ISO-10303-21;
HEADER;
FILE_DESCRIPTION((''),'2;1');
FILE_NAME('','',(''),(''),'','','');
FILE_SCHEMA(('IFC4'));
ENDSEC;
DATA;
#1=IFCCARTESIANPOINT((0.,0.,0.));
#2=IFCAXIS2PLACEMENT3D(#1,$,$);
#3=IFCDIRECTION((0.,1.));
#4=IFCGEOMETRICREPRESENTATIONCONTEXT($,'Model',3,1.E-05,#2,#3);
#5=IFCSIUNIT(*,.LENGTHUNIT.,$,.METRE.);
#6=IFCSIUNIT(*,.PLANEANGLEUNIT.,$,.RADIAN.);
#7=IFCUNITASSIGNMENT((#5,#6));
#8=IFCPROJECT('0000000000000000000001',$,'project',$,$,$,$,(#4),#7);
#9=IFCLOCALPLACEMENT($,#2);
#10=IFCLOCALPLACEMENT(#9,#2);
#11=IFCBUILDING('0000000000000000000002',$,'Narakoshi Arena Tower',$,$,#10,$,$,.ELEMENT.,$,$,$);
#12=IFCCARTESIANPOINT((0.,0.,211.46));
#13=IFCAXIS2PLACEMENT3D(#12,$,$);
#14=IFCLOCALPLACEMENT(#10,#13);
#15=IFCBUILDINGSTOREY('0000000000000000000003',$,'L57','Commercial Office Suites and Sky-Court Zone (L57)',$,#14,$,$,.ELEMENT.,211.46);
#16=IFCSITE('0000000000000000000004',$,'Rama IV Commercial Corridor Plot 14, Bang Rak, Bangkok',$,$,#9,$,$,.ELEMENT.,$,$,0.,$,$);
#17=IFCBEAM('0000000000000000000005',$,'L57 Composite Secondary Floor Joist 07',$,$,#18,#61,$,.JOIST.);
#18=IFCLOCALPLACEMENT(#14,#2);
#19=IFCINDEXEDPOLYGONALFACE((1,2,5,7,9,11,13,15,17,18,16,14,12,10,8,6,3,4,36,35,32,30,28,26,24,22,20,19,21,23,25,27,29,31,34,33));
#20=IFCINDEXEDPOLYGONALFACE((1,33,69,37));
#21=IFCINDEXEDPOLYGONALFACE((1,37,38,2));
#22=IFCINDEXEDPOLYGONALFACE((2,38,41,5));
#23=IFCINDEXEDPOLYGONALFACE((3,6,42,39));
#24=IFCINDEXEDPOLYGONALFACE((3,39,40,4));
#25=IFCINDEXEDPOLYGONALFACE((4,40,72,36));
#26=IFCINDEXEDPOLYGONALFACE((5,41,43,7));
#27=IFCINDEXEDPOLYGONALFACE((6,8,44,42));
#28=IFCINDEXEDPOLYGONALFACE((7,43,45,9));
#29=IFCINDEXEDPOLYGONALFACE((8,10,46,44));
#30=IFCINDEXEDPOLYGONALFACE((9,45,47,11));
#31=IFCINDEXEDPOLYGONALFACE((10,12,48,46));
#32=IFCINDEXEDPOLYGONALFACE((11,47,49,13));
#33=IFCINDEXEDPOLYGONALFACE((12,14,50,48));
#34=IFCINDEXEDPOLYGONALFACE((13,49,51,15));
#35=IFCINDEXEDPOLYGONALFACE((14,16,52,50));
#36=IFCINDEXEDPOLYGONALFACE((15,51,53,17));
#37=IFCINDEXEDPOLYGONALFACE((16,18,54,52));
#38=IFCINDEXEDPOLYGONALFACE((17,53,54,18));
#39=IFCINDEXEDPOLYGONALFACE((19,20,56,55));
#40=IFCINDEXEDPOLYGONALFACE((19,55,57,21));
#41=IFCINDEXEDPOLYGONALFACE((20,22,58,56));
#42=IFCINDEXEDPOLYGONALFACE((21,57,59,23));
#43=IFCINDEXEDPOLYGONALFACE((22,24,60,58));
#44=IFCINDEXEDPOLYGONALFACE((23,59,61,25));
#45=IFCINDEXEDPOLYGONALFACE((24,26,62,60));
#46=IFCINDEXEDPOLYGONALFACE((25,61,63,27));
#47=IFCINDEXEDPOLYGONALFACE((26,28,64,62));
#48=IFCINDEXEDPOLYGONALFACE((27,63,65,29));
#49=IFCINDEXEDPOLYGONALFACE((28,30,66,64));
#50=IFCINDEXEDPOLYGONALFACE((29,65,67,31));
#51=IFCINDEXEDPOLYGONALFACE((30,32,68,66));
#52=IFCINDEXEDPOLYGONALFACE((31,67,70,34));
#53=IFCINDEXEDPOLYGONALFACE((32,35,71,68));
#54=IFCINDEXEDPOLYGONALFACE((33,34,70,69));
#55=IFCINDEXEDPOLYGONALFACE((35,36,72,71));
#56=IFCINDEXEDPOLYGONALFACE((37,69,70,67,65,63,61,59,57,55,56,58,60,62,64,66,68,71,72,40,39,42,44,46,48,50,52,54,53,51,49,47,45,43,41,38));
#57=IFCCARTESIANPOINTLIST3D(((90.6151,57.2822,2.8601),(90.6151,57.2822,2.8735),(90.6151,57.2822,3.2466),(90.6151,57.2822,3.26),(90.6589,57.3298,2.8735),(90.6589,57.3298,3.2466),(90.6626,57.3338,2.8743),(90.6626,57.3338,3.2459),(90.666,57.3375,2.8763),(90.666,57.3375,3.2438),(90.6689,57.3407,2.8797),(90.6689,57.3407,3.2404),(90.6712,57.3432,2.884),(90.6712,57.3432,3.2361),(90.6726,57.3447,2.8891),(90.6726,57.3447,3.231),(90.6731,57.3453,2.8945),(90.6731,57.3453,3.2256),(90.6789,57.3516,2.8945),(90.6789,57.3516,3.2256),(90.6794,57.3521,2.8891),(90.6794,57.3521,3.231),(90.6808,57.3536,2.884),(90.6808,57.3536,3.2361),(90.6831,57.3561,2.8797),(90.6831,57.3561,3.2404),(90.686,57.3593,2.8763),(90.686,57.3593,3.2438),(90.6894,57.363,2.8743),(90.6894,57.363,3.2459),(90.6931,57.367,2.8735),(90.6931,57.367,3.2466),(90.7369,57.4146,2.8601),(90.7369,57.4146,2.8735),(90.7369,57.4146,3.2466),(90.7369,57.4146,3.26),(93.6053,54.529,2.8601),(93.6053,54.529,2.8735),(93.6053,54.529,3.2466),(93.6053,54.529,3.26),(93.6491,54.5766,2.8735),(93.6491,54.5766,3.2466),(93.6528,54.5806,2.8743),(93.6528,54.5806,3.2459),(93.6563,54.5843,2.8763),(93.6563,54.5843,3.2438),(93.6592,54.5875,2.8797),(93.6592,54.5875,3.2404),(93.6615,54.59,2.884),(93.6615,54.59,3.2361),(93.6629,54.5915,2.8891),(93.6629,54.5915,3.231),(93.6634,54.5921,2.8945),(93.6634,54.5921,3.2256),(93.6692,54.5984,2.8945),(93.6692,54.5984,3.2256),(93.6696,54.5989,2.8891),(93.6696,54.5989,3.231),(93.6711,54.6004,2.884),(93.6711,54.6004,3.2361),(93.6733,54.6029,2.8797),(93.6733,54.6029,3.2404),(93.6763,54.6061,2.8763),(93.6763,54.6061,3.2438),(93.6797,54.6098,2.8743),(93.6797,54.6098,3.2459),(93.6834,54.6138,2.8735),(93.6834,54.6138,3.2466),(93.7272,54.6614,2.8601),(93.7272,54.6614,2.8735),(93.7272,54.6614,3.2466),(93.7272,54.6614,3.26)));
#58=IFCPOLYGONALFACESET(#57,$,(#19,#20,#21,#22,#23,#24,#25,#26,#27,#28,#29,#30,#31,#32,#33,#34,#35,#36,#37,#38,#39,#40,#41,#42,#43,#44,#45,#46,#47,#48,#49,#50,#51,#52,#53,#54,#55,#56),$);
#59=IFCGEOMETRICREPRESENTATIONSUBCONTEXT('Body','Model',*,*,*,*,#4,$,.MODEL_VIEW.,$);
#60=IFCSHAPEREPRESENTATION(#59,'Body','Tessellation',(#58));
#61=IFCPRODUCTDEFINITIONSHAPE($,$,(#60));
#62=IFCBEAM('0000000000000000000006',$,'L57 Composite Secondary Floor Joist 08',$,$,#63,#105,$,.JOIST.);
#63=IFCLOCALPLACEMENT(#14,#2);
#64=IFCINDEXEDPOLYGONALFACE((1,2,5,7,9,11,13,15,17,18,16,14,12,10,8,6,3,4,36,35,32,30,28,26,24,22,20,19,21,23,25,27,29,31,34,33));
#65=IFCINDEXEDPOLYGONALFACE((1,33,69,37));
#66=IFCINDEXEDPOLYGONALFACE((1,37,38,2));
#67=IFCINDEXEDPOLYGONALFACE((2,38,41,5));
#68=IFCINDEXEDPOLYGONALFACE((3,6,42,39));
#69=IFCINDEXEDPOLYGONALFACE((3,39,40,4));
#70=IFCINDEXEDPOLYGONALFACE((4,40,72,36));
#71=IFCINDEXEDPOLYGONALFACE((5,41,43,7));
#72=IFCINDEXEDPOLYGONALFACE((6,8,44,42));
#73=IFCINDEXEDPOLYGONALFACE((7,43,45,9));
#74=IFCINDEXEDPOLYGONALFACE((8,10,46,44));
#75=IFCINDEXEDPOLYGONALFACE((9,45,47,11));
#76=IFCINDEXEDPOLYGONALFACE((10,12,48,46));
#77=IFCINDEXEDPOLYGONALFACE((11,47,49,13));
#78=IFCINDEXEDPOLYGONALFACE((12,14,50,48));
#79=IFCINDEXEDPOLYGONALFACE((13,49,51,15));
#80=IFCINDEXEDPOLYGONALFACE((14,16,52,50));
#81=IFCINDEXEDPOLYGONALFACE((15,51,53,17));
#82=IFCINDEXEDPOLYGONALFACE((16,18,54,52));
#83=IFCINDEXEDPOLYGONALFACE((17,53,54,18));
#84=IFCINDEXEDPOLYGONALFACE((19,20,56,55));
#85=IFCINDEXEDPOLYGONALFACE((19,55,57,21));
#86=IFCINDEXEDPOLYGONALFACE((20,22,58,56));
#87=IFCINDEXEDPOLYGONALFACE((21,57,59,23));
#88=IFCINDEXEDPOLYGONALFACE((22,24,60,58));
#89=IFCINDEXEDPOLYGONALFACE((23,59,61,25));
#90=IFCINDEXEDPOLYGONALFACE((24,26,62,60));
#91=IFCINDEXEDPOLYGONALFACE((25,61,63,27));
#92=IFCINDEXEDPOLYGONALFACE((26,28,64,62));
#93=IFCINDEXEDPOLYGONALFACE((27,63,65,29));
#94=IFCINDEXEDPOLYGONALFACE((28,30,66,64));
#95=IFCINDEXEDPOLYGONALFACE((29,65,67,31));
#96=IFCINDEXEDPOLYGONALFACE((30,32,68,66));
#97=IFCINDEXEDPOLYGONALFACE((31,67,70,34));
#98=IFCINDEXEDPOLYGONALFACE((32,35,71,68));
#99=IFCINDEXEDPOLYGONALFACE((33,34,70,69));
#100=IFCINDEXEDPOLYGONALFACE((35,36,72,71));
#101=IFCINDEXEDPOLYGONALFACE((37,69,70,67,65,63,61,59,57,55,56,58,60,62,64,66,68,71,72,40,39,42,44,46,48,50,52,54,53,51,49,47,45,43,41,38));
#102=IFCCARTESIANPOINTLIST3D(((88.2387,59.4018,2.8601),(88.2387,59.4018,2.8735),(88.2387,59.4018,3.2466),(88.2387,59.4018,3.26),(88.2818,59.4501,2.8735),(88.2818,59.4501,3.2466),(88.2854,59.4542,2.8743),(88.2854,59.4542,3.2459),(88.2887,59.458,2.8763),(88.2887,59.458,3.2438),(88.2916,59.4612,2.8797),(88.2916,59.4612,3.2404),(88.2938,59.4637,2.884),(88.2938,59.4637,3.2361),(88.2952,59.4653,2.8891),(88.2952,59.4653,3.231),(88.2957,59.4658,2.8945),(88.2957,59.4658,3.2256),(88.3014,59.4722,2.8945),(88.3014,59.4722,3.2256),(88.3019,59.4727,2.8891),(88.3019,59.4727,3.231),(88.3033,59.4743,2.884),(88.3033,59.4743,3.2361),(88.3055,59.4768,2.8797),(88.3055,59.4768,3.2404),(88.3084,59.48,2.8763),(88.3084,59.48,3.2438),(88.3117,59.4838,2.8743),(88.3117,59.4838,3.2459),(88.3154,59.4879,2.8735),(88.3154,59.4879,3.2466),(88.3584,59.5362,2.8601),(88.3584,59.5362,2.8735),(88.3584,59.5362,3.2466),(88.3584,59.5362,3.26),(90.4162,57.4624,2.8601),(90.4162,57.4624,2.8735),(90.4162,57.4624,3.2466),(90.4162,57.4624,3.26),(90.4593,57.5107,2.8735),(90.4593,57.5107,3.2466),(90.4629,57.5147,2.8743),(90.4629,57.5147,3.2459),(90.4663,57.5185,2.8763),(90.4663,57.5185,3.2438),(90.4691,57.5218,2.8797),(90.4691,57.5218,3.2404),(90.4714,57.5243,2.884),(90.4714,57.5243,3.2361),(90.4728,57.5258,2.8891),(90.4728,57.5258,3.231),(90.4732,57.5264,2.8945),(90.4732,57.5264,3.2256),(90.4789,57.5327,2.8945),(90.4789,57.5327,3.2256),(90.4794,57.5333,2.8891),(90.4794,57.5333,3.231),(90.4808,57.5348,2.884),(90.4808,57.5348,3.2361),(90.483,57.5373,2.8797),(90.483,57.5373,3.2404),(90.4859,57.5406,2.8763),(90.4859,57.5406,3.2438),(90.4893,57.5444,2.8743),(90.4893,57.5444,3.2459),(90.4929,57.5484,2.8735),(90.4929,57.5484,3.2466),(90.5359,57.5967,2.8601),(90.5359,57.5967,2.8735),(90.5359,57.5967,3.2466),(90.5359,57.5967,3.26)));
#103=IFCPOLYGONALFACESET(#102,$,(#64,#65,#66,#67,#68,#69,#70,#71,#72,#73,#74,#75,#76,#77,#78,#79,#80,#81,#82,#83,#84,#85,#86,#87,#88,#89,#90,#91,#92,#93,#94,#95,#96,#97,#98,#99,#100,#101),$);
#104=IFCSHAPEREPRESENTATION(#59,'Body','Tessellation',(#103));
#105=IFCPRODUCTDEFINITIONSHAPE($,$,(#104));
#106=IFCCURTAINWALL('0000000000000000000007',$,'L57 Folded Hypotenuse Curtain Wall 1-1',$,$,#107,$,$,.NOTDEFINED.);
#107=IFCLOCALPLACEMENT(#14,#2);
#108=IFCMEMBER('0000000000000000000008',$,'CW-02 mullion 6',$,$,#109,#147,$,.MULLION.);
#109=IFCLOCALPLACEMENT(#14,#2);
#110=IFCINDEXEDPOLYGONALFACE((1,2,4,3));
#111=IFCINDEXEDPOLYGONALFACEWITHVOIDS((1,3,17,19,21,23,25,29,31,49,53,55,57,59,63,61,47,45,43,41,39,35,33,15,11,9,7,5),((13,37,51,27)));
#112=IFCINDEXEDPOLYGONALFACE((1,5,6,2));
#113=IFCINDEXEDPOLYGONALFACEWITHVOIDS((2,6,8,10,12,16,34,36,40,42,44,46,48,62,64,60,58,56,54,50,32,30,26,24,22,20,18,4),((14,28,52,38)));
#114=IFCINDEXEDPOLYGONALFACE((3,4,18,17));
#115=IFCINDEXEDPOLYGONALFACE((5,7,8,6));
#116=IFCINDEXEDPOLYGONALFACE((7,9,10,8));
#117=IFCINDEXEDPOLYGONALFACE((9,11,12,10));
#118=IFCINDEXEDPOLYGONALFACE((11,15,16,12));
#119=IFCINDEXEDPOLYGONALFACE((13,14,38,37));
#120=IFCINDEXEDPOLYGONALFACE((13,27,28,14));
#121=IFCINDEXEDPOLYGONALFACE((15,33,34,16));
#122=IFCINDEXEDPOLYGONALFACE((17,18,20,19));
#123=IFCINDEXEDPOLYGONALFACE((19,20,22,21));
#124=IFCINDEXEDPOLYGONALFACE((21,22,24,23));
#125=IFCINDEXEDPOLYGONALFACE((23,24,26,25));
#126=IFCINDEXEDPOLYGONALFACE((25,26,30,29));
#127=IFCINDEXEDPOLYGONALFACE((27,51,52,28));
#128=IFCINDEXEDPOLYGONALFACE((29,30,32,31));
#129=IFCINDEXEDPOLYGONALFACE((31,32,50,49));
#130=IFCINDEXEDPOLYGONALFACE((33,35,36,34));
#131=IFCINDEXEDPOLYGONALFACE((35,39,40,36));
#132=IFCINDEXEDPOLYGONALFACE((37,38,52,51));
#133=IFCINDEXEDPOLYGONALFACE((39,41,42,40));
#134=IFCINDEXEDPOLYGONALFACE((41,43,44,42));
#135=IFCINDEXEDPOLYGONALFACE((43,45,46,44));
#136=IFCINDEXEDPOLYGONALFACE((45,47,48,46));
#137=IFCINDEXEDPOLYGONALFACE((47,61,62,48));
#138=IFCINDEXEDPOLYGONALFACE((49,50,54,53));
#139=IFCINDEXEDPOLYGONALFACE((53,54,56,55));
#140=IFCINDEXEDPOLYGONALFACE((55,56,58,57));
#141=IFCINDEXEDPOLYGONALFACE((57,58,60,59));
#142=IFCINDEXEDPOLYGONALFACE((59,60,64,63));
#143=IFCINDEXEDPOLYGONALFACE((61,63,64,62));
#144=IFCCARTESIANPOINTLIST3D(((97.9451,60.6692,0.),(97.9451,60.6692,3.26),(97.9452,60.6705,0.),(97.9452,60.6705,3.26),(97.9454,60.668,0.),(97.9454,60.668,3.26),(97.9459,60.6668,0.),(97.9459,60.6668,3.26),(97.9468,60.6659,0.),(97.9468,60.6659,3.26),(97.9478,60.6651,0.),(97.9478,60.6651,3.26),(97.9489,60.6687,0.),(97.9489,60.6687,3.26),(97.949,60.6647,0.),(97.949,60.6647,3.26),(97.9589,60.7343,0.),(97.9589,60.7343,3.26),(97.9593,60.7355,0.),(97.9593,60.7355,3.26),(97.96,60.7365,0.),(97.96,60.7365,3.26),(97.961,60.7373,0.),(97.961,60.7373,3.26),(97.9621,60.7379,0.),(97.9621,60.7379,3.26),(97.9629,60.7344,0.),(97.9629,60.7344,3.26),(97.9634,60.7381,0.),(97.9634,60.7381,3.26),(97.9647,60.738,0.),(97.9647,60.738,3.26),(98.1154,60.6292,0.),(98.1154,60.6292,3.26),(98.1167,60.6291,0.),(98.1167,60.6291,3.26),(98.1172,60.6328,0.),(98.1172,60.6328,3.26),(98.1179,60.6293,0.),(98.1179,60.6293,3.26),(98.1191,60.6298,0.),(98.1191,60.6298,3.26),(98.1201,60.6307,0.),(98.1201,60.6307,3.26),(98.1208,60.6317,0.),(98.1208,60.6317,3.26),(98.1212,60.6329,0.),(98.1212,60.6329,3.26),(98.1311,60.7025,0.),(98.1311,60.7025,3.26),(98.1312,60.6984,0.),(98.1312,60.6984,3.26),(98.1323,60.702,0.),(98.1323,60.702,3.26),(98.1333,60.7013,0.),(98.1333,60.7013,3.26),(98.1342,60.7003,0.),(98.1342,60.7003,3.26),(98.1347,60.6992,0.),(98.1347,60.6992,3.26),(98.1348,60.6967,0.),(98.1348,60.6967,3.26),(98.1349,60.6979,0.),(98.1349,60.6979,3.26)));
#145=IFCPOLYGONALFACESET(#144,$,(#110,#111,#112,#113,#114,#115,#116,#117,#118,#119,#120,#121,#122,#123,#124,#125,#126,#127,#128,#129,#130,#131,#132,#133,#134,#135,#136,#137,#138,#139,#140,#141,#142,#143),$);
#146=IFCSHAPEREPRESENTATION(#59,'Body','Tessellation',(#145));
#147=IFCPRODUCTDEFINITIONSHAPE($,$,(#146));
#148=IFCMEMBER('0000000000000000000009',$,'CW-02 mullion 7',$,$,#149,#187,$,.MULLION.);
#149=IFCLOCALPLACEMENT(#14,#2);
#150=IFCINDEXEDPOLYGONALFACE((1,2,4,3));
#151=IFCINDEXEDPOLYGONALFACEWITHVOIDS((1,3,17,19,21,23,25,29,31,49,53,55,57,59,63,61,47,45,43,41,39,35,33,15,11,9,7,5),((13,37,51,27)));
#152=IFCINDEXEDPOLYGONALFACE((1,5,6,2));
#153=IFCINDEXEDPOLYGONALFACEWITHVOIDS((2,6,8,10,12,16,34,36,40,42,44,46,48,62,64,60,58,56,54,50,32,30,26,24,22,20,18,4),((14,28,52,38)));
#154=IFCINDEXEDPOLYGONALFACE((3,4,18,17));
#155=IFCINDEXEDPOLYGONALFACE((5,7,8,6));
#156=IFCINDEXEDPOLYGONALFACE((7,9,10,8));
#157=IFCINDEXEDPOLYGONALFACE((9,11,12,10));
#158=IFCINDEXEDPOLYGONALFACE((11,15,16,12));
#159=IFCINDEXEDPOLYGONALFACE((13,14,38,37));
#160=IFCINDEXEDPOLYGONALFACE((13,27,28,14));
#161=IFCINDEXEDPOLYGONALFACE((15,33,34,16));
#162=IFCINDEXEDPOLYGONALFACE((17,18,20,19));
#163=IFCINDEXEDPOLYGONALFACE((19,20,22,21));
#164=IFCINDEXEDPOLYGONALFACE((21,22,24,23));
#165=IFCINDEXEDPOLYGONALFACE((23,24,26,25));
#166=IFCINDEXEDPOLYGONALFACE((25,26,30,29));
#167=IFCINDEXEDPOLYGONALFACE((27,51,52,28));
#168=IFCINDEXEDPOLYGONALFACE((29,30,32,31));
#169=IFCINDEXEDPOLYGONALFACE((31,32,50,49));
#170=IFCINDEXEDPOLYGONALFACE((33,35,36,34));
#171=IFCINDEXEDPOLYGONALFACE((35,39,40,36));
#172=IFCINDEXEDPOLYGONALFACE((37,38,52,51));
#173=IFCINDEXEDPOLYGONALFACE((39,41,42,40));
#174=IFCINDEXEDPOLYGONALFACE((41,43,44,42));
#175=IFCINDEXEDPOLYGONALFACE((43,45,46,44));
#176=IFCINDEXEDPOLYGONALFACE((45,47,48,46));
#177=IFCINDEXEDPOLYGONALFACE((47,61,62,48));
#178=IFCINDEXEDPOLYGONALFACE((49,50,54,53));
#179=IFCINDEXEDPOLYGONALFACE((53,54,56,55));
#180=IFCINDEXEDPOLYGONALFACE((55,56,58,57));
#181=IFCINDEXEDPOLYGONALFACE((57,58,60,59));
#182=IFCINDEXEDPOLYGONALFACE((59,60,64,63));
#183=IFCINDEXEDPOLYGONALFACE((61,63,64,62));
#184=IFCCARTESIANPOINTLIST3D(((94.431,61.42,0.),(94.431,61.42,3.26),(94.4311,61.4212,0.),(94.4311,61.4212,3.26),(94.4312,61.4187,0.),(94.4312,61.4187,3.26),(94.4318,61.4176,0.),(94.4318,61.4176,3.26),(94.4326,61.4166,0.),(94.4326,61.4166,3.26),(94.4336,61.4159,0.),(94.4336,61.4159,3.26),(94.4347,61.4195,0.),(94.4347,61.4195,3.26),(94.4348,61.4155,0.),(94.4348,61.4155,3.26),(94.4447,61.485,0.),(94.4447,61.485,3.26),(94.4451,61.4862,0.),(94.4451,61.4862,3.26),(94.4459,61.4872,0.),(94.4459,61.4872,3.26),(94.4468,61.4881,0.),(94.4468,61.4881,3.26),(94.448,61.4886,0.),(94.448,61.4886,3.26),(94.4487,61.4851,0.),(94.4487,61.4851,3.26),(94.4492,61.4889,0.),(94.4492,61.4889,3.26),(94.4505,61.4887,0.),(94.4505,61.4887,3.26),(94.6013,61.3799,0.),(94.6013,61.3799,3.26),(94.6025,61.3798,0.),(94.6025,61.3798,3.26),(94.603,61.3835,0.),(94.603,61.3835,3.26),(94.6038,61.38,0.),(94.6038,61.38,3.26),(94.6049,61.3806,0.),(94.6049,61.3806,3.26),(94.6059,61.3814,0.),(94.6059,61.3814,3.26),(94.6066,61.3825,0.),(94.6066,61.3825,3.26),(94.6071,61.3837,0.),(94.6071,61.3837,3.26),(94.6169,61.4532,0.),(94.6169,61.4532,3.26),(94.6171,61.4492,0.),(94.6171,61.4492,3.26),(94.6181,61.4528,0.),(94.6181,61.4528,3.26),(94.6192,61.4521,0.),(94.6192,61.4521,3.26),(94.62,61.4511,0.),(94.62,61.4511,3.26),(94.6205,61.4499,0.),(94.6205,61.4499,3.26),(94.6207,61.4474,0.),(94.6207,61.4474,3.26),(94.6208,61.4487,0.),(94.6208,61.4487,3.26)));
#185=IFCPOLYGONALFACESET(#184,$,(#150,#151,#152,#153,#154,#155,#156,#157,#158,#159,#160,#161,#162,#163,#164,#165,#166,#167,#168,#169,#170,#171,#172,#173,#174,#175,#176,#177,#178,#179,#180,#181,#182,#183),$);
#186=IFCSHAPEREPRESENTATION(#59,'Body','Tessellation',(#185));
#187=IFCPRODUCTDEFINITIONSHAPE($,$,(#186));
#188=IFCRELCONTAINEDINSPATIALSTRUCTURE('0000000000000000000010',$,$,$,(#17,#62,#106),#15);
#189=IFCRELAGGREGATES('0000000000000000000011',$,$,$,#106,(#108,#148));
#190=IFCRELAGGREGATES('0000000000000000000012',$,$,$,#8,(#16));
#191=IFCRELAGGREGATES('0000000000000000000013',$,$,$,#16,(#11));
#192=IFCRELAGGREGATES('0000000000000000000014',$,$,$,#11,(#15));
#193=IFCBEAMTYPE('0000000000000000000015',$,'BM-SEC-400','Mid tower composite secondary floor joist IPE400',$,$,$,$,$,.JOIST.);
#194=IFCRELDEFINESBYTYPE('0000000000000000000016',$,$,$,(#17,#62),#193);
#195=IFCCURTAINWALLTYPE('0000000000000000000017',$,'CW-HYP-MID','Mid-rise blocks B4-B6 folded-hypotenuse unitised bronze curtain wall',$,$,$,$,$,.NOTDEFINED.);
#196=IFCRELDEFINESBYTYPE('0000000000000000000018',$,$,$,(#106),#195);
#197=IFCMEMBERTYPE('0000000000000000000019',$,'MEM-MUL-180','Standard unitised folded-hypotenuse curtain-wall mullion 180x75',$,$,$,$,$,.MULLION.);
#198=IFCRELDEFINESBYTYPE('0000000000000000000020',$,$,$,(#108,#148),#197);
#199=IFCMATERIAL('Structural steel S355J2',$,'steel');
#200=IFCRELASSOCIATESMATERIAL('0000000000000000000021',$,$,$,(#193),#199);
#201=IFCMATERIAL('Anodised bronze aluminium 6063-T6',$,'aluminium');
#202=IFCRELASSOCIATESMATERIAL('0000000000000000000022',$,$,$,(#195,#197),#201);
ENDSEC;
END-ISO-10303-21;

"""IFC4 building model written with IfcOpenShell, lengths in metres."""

from ifc_helpers import new_model, si_unit, direction, frame, origin, origin_2d, place, context, subcontext, project, spatial, hollow_rectangle, i_section, extrude, material, material_profile, profile_set, type_object, element, aggregate, save


model = new_model("IFC4")

# Units and contexts
model_context = context("Model", 3, precision=1e-05, world=origin(), true_north=direction((0.0, 1.0)))
body_context = subcontext(model_context, "Body", "Model", "MODEL_VIEW")
ifc_project = project(units=[si_unit("LENGTHUNIT", "METRE"), si_unit("PLANEANGLEUNIT", "RADIAN")], contexts=[model_context])

# Site, building, storey
site_placement = place(None, origin())
site = spatial("IfcSite", under=ifc_project, at=site_placement, Name="Rama IV Commercial Corridor Plot 14, Bang Rak, Bangkok", CompositionType="ELEMENT", RefElevation=0.0)
building_placement = place(site_placement, origin())
building = spatial("IfcBuilding", under=site, at=building_placement, Name="Narakoshi Arena Tower", CompositionType="ELEMENT")
storey_placement = place(building_placement, frame((0.0, 0.0, 211.46)))
storey = spatial("IfcBuildingStorey", under=building, at=storey_placement, Name="L57", Description="Commercial Office Suites and Sky-Court Zone (L57)", CompositionType="ELEMENT", Elevation=211.46)

# Beams
ifc_material_1 = material(Name="Structural steel S355J2", Category="steel")
ifc_material_profile_1 = material_profile(ifc_material_1, i_section(OverallWidth=0.1799, OverallDepth=0.3999, WebThickness=0.0085, FlangeThickness=0.0134, FilletRadius=0.021, at=origin_2d()), Name="IPE400")
ifc_profile_set_1 = profile_set([ifc_material_profile_1], Name="Structural steel S355J2")
beam_type_1 = type_object("IfcBeamType", Name="BM-SEC-400", Description="Mid tower composite secondary floor joist IPE400", PredefinedType="JOIST", material=ifc_profile_set_1)
beam_1_placement = place(storey_placement, frame((93.6663, 54.5952, 3.0601), z_axis=(-0.735666, 0.677344, 0.0), x_axis=(-0.677344, -0.735666, 0.0)))
element("IfcBeam", 1, at=beam_1_placement, inside=storey, type_object=beam_type_1, Name="L57 Composite Secondary Floor Joist 07", PredefinedType="JOIST", context=body_context, shape_type="SweptSolid", body=[
    extrude(i_section(OverallWidth=0.1799, OverallDepth=0.3999, WebThickness=0.0085, FlangeThickness=0.0134, FilletRadius=0.021, at=origin_2d()), origin(), (0.0, 0.0, 1.0), 4.0647),
])
beam_2_placement = place(storey_placement, frame((90.4761, 57.5295, 3.0601), z_axis=(-0.746744, 0.665112, 0.0), x_axis=(-0.665112, -0.746744, 0.0)))
element("IfcBeam", 2, at=beam_2_placement, inside=storey, type_object=beam_type_1, Name="L57 Composite Secondary Floor Joist 08", PredefinedType="JOIST", context=body_context, shape_type="SweptSolid", body=[
    extrude(i_section(OverallWidth=0.1799, OverallDepth=0.3999, WebThickness=0.0085, FlangeThickness=0.0134, FilletRadius=0.021, at=origin_2d()), origin(), (0.0, 0.0, 1.0), 2.916),
])

# Curtain wall, members
ifc_material_2 = material(Name="Anodised bronze aluminium 6063-T6", Category="aluminium")
curtain_wall_type = type_object("IfcCurtainWallType", Name="CW-HYP-MID", Description="Mid-rise blocks B4-B6 folded-hypotenuse unitised bronze curtain wall", PredefinedType="NOTDEFINED", material=ifc_material_2)
curtain_wall_placement = place(storey_placement, origin())
curtain_wall = element("IfcCurtainWall", 3, at=curtain_wall_placement, inside=storey, type_object=curtain_wall_type, Name="L57 Folded Hypotenuse Curtain Wall 1-1", PredefinedType="NOTDEFINED")
ifc_material_profile_2 = material_profile(ifc_material_2, hollow_rectangle(XDim=0.075, YDim=0.1799, WallThickness=0.0039, OuterFilletRadius=0.0049, at=origin_2d()), Name="MUL180x75x4")
ifc_profile_set_2 = profile_set([ifc_material_profile_2], Name="Anodised bronze aluminium 6063-T6")
member_type_1 = type_object("IfcMemberType", Name="MEM-MUL-180", Description="Standard unitised folded-hypotenuse curtain-wall mullion 180x75", PredefinedType="MULLION", material=ifc_profile_set_2)
member_1_placement = place(storey_placement, frame((98.04, 60.6836, 0.0), z_axis=(0.0, 0.0, 1.0), x_axis=(-0.208899, -0.977937, 0.0)))
member_1 = element("IfcMember", 4, at=member_1_placement, type_object=member_type_1, Name="CW-02 mullion 6", PredefinedType="MULLION", context=body_context, shape_type="SweptSolid", body=[
    extrude(hollow_rectangle(XDim=0.075, YDim=0.1799, WallThickness=0.0039, OuterFilletRadius=0.0049, at=origin_2d()), origin(), (0.0, 0.0, 1.0), 3.26),
])
member_2_placement = place(storey_placement, frame((94.5259, 61.4343, 0.0), z_axis=(0.0, 0.0, 1.0), x_axis=(-0.208899, -0.977937, 0.0)))
member_2 = element("IfcMember", 5, at=member_2_placement, type_object=member_type_1, Name="CW-02 mullion 7", PredefinedType="MULLION", context=body_context, shape_type="SweptSolid", body=[
    extrude(hollow_rectangle(XDim=0.075, YDim=0.1799, WallThickness=0.0039, OuterFilletRadius=0.0049, at=origin_2d()), origin(), (0.0, 0.0, 1.0), 3.26),
])
aggregate(curtain_wall, [member_1, member_2])

save(model, "model.ifc")
